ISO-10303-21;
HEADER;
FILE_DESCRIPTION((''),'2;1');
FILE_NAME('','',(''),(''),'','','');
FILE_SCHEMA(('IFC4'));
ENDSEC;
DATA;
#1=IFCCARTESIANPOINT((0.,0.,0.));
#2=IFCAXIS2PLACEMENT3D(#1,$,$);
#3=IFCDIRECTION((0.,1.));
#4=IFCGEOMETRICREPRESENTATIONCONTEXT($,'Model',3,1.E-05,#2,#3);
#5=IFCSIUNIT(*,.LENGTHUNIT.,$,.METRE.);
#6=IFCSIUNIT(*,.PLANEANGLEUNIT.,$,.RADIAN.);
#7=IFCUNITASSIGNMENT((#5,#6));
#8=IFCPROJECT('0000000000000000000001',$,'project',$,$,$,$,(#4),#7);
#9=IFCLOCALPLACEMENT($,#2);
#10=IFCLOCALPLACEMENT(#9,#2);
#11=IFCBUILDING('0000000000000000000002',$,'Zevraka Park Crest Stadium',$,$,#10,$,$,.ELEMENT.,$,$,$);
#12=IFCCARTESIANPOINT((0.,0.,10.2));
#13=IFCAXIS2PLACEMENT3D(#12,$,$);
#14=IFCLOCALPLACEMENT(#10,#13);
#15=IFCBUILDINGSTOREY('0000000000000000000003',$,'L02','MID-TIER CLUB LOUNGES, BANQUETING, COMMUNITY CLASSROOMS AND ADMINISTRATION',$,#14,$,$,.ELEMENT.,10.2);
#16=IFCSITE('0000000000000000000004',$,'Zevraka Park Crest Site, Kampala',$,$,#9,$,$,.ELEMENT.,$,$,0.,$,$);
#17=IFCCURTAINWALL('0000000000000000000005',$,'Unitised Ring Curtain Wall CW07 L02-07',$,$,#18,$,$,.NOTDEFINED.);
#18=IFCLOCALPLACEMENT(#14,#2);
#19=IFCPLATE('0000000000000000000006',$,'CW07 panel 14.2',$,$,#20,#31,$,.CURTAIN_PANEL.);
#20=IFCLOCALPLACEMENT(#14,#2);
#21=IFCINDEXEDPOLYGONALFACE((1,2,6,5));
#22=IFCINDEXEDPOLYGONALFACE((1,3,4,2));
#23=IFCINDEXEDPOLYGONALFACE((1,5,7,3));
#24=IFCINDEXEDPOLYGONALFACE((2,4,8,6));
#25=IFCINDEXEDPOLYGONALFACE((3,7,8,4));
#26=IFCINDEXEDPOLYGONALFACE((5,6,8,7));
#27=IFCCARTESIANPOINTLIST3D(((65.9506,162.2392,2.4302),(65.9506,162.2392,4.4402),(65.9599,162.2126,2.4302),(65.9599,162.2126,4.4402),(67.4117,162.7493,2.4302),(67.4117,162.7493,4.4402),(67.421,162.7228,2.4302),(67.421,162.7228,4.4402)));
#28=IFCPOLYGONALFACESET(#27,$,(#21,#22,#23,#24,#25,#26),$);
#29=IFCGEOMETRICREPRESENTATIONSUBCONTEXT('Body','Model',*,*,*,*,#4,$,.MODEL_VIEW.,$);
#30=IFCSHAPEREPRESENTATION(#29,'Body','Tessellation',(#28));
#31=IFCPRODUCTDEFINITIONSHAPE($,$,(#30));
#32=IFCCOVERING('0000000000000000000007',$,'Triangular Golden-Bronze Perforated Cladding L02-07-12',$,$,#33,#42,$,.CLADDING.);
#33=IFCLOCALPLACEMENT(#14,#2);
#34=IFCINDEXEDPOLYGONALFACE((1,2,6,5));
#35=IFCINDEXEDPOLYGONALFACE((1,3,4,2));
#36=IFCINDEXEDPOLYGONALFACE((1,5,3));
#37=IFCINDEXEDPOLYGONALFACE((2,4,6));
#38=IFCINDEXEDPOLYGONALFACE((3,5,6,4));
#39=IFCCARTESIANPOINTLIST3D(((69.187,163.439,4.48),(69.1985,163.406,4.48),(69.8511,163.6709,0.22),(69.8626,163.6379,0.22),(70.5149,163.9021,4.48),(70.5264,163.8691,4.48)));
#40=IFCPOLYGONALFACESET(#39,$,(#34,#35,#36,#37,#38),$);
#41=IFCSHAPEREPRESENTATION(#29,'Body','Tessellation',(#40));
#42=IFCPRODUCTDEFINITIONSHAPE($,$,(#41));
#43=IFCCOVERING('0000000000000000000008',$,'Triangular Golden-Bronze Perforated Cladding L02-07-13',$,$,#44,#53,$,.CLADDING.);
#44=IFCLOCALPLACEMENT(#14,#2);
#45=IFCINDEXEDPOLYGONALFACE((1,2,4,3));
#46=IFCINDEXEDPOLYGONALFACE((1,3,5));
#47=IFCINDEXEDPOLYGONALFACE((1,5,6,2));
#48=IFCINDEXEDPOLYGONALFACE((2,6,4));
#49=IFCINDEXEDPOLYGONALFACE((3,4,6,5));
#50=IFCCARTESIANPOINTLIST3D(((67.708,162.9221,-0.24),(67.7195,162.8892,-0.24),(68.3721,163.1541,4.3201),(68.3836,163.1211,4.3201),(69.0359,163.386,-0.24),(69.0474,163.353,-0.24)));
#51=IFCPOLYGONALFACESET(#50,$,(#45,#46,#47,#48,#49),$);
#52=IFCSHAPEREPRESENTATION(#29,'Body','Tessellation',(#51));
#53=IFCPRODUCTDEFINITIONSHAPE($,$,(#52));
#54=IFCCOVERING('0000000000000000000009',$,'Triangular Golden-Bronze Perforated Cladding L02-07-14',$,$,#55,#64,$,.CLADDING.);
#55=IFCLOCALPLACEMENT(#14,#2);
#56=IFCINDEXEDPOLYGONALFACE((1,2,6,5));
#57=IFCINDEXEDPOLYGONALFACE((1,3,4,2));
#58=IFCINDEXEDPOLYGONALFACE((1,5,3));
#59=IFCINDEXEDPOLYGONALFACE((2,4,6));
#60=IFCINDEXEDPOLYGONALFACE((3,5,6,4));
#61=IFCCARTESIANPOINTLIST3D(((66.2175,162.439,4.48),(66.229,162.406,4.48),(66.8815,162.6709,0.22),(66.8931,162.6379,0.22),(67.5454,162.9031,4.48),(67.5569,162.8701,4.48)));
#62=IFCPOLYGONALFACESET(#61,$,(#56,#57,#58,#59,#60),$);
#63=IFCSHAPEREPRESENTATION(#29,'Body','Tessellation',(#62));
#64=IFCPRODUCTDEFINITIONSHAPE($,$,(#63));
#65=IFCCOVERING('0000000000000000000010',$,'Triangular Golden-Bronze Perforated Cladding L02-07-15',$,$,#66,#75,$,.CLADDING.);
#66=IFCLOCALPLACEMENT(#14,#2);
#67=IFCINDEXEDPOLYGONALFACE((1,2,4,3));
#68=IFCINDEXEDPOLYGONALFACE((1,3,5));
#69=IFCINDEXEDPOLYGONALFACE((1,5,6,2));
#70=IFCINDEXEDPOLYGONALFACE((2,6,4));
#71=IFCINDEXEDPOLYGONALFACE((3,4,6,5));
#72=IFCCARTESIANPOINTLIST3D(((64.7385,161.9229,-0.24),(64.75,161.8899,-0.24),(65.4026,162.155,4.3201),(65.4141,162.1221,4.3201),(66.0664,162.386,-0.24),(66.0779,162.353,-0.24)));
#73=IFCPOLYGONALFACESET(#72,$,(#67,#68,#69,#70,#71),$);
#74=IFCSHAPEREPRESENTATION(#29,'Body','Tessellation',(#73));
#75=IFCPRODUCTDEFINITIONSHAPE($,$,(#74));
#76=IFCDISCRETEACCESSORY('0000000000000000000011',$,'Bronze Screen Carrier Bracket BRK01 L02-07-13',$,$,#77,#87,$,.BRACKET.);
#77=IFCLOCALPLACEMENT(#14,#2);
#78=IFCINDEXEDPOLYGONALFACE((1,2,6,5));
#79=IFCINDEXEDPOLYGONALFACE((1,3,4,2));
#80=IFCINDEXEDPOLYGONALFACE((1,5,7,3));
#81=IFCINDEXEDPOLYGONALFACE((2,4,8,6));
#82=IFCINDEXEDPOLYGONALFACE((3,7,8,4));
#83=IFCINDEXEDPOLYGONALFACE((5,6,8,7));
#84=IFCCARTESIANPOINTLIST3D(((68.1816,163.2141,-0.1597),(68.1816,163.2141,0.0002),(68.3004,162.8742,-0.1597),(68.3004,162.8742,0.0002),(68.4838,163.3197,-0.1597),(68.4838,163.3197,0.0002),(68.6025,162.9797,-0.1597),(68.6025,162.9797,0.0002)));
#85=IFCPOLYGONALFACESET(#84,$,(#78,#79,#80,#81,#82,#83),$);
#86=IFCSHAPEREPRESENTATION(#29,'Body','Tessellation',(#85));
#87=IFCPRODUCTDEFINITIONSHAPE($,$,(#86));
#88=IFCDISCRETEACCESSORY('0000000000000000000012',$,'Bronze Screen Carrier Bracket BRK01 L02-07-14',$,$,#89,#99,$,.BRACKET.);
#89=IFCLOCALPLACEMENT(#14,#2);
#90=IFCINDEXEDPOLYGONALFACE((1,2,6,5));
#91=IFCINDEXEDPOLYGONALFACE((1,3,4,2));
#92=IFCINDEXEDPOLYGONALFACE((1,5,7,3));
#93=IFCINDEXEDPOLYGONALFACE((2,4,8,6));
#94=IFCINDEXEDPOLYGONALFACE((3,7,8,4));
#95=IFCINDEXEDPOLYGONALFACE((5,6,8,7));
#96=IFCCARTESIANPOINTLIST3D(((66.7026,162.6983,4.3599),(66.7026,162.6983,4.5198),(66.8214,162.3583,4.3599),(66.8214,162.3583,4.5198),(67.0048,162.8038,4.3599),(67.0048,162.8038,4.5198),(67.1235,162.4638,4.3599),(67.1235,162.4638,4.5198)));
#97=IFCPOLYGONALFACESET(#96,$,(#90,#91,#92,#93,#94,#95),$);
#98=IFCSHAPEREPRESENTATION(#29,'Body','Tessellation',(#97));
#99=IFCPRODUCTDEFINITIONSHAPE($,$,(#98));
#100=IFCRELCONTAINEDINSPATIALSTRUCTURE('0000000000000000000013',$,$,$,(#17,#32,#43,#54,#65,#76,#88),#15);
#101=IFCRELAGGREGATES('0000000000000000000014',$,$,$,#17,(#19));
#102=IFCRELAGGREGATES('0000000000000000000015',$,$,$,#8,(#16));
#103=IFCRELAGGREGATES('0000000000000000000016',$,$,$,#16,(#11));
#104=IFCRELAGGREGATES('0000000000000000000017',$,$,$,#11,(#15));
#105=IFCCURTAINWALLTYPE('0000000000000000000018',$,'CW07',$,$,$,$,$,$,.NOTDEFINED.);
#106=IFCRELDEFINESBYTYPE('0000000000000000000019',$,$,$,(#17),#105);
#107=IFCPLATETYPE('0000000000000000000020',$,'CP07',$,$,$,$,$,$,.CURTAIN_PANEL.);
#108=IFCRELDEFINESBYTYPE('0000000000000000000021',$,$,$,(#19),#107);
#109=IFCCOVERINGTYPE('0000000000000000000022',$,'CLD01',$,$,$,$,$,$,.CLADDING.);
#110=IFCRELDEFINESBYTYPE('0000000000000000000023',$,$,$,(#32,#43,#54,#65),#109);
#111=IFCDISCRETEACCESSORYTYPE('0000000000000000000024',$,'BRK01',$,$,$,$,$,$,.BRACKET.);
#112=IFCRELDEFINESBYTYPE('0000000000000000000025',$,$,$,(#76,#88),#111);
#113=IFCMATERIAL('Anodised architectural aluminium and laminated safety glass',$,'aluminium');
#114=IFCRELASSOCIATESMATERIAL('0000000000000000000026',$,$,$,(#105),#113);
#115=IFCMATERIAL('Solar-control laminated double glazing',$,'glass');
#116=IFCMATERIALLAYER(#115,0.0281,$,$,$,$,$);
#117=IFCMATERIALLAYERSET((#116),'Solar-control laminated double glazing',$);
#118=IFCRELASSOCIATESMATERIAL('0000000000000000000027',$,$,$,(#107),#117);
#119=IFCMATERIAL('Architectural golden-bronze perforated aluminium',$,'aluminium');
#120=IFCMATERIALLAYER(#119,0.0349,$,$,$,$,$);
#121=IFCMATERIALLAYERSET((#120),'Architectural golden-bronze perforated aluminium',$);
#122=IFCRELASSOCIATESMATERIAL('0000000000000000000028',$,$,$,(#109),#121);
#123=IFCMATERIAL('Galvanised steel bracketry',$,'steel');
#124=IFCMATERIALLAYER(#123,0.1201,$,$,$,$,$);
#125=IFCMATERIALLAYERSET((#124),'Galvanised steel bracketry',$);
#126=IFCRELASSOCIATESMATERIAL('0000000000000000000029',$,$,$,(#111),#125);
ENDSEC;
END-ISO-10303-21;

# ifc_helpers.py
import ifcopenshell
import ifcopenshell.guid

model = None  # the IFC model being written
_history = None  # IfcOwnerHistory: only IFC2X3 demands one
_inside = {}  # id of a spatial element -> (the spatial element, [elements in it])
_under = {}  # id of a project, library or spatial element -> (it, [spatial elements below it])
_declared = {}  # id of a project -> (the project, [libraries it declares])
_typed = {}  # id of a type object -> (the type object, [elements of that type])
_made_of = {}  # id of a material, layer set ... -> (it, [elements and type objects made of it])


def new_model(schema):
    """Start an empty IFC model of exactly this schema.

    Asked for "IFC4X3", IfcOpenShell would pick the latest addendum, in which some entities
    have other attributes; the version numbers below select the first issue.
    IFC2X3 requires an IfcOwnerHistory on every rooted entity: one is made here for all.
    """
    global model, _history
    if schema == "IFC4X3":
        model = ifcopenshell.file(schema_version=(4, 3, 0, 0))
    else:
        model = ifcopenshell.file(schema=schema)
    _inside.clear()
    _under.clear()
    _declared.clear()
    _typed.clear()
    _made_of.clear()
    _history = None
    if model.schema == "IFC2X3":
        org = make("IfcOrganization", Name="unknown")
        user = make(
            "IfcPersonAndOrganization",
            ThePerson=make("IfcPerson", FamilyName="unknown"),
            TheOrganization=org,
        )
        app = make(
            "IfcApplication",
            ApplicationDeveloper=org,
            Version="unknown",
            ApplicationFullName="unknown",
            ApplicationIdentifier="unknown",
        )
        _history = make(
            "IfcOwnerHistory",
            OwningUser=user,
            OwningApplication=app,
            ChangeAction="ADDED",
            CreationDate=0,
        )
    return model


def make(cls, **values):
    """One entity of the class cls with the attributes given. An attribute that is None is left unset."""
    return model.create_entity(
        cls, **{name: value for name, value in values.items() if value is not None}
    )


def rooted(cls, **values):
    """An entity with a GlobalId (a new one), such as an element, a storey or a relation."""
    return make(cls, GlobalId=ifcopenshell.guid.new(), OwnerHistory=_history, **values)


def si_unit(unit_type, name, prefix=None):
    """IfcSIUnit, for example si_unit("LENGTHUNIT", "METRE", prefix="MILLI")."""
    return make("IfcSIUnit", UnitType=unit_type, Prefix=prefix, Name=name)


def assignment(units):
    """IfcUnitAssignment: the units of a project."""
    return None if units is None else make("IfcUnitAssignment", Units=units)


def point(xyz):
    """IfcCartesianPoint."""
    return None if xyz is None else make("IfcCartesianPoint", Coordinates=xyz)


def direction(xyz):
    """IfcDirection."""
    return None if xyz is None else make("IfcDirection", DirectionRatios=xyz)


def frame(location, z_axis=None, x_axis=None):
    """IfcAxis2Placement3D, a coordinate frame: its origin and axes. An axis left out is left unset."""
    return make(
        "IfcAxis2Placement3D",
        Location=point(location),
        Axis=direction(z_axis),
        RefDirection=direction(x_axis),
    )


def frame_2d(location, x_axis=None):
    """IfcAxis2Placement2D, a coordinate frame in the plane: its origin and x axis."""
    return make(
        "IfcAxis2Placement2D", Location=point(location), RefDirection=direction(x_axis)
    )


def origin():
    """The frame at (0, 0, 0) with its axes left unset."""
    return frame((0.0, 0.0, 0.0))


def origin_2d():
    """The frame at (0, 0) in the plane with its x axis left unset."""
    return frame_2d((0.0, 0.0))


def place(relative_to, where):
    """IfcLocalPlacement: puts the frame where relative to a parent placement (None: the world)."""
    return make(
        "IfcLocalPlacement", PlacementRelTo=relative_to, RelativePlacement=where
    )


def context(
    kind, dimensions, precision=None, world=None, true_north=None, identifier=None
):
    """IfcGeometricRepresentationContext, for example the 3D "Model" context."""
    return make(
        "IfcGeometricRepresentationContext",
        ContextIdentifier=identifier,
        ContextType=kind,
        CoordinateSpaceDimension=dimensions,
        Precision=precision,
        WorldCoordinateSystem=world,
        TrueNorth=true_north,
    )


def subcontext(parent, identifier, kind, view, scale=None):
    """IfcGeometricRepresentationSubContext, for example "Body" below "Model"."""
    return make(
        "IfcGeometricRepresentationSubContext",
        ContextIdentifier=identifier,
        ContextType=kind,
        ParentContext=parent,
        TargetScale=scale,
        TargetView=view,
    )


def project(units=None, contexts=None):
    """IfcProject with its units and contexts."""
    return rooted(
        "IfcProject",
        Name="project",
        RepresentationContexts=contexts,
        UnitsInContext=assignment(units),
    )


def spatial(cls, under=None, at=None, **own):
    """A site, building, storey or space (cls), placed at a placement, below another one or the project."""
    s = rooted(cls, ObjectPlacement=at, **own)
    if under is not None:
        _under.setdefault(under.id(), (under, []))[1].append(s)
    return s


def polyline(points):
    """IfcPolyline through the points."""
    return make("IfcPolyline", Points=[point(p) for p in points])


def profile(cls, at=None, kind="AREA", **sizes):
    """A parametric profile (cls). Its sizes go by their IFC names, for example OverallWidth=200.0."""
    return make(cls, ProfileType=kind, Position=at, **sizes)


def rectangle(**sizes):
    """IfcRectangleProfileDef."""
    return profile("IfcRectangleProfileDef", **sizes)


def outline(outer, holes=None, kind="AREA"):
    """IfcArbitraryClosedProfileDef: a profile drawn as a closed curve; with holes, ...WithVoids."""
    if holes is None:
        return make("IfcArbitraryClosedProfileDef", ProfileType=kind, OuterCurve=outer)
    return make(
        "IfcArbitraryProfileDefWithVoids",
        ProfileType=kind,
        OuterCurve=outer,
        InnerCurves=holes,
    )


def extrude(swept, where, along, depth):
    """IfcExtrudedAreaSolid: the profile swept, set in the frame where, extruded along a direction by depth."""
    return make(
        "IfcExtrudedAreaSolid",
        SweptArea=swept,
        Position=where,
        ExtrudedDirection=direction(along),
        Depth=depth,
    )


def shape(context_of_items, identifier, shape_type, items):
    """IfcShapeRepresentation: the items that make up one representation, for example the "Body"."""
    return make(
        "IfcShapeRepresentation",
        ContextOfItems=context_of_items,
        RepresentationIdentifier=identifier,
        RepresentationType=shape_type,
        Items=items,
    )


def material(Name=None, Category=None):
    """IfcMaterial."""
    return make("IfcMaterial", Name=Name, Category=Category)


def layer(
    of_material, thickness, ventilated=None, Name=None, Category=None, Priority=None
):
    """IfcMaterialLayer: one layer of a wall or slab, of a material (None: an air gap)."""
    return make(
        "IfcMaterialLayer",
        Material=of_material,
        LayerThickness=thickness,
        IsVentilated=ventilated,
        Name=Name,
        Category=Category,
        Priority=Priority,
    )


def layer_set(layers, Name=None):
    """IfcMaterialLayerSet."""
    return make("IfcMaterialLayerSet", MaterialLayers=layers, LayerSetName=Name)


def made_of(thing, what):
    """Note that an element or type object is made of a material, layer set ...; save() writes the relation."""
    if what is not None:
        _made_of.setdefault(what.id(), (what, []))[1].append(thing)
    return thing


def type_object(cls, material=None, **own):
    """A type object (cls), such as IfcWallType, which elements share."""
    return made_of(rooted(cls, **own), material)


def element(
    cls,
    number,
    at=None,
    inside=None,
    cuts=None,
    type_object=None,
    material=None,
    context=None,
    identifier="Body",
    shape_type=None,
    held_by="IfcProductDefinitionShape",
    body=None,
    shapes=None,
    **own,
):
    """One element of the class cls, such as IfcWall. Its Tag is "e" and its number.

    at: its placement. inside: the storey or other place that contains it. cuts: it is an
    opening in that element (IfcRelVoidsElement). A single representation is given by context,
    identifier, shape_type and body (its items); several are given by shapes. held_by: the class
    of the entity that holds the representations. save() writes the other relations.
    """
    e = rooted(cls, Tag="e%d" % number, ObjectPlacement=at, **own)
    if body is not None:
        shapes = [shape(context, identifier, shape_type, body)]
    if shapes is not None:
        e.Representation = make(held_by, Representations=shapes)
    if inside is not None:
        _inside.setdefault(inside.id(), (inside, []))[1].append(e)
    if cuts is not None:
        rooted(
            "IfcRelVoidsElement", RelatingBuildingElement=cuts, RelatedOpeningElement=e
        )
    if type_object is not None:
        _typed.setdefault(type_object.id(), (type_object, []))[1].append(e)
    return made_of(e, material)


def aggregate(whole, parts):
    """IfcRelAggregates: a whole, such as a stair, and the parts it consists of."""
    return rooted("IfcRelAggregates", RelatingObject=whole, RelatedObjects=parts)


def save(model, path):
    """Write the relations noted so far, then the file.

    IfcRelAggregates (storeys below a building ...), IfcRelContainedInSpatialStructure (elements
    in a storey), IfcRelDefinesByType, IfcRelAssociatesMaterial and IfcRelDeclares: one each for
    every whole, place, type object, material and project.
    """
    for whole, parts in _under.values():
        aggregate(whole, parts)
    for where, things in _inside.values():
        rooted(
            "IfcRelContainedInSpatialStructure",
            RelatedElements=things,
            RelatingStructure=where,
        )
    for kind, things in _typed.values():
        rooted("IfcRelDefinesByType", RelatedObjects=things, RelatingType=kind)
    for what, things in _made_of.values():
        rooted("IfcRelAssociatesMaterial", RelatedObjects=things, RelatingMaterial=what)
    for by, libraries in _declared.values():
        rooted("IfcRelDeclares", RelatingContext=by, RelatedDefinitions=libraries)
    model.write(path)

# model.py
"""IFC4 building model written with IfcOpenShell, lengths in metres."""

from ifc_helpers import new_model, si_unit, direction, frame, origin, origin_2d, place, context, subcontext, project, spatial, polyline, rectangle, outline, extrude, material, layer, layer_set, type_object, element, aggregate, save


model = new_model("IFC4")

# Units and contexts
model_context = context("Model", 3, precision=1e-05, world=origin(), true_north=direction((0.0, 1.0)))
body_context = subcontext(model_context, "Body", "Model", "MODEL_VIEW")
ifc_project = project(units=[si_unit("LENGTHUNIT", "METRE"), si_unit("PLANEANGLEUNIT", "RADIAN")], contexts=[model_context])

# Site, building, storey
site_placement = place(None, origin())
site = spatial("IfcSite", under=ifc_project, at=site_placement, Name="Zevraka Park Crest Site, Kampala", CompositionType="ELEMENT", RefElevation=0.0)
building_placement = place(site_placement, origin())
building = spatial("IfcBuilding", under=site, at=building_placement, Name="Zevraka Park Crest Stadium", CompositionType="ELEMENT")
storey_placement = place(building_placement, frame((0.0, 0.0, 10.2)))
storey = spatial("IfcBuildingStorey", under=building, at=storey_placement, Name="L02", Description="MID-TIER CLUB LOUNGES, BANQUETING, COMMUNITY CLASSROOMS AND ADMINISTRATION", CompositionType="ELEMENT", Elevation=10.2)

# Curtain wall, plate
ifc_material_1 = material(Name="Anodised architectural aluminium and laminated safety glass", Category="aluminium")
curtain_wall_type = type_object("IfcCurtainWallType", Name="CW07", PredefinedType="NOTDEFINED", material=ifc_material_1)
curtain_wall_placement = place(storey_placement, origin())
curtain_wall = element("IfcCurtainWall", 1, at=curtain_wall_placement, inside=storey, type_object=curtain_wall_type, Name="Unitised Ring Curtain Wall CW07 L02-07", PredefinedType="NOTDEFINED")
ifc_material_2 = material(Name="Solar-control laminated double glazing", Category="glass")
ifc_layer_1 = layer(ifc_material_2, 0.0281)
ifc_layer_set_1 = layer_set([ifc_layer_1], Name="Solar-control laminated double glazing")
plate_type = type_object("IfcPlateType", Name="CP07", PredefinedType="CURTAIN_PANEL", material=ifc_layer_set_1)
plate_1_placement = place(storey_placement, frame((66.6858, 162.481, 2.4302), z_axis=(0.0, 0.0, 1.0), x_axis=(-0.944114, -0.329619, 0.0)))
plate_1 = element("IfcPlate", 2, at=plate_1_placement, type_object=plate_type, Name="CW07 panel 14.2", PredefinedType="CURTAIN_PANEL", context=body_context, shape_type="SweptSolid", body=[
    extrude(rectangle(XDim=1.5476, YDim=0.0281, at=origin_2d()), origin(), (0.0, 0.0, 1.0), 2.01),
])
aggregate(curtain_wall, [plate_1])

# Coverings
ifc_material_3 = material(Name="Architectural golden-bronze perforated aluminium", Category="aluminium")
ifc_layer_2 = layer(ifc_material_3, 0.0349)
ifc_layer_set_2 = layer_set([ifc_layer_2], Name="Architectural golden-bronze perforated aluminium")
covering_type = type_object("IfcCoveringType", Name="CLD01", PredefinedType="CLADDING", material=ifc_layer_set_2)
covering_1_placement = place(storey_placement, frame((69.187, 163.439, 4.48), z_axis=(-0.329322, 0.944218, 0.000072), x_axis=(0.944218, 0.329322, 0.0)))
element("IfcCovering", 3, at=covering_1_placement, inside=storey, type_object=covering_type, Name="Triangular Golden-Bronze Perforated Cladding L02-07-12", PredefinedType="CLADDING", context=body_context, shape_type="SweptSolid", body=[
    extrude(outline(polyline([(0.0, 0.0), (1.4063, 0.0), (0.7034, 4.26), (0.0, 0.0)])), origin(), (0.0, 0.0, -1.0), 0.0349),
])
covering_2_placement = place(storey_placement, frame((69.0359, 163.386, -0.24), z_axis=(-0.329786, 0.944056, 0.000009), x_axis=(-0.944056, -0.329786, 0.0)))
element("IfcCovering", 4, at=covering_2_placement, inside=storey, type_object=covering_type, Name="Triangular Golden-Bronze Perforated Cladding L02-07-13", PredefinedType="CLADDING", context=body_context, shape_type="SweptSolid", body=[
    extrude(outline(polyline([(0.0, 0.0), (1.4066, 0.0), (0.7032, 4.5601), (0.0, 0.0)])), origin(), (0.0, 0.0, -1.0), 0.0349),
])
covering_3_placement = place(storey_placement, frame((66.229, 162.406, 4.48), z_axis=(0.329941, -0.944002, 0.000037), x_axis=(0.944002, 0.329941, 0.0)))
element("IfcCovering", 5, at=covering_3_placement, inside=storey, type_object=covering_type, Name="Triangular Golden-Bronze Perforated Cladding L02-07-14", PredefinedType="CLADDING", context=body_context, shape_type="SweptSolid", body=[
    extrude(outline(polyline([(0.0, 0.0), (1.4067, 0.0), (0.7034, -4.26), (0.0, 0.0)])), origin(), (0.0, 0.0, -1.0), 0.0349),
])
covering_4_placement = place(storey_placement, frame((66.0779, 162.353, -0.24), z_axis=(0.329322, -0.944218, 0.000118), x_axis=(-0.944218, -0.329322, 0.0)))
element("IfcCovering", 6, at=covering_4_placement, inside=storey, type_object=covering_type, Name="Triangular Golden-Bronze Perforated Cladding L02-07-15", PredefinedType="CLADDING", context=body_context, shape_type="SweptSolid", body=[
    extrude(outline(polyline([(0.0, 0.0), (1.4063, 0.0), (0.7028, -4.5601), (0.0, 0.0)])), origin(), (0.0, 0.0, -1.0), 0.0349),
])

# Discrete accessories
ifc_material_4 = material(Name="Galvanised steel bracketry", Category="steel")
ifc_layer_3 = layer(ifc_material_4, 0.1201)
ifc_layer_set_3 = layer_set([ifc_layer_3], Name="Galvanised steel bracketry")
discrete_accessory_type = type_object("IfcDiscreteAccessoryType", Name="BRK01", PredefinedType="BRACKET", material=ifc_layer_set_3)
for number, where, z_axis, x_axis, name in (
    (7, (68.3921, 163.0969, -0.1597), (0.0, 0.0, 1.0), (-0.944089, -0.329691, 0.0), "Bronze Screen Carrier Bracket BRK01 L02-07-13"),
    (8, (66.9131, 162.5811, 4.3599), (0.0, 0.0, 1.0), (-0.944089, -0.329691, 0.0), "Bronze Screen Carrier Bracket BRK01 L02-07-14"),
):
    element("IfcDiscreteAccessory", number, at=place(storey_placement, frame(where, z_axis=z_axis, x_axis=x_axis)), inside=storey, type_object=discrete_accessory_type, Name=name, PredefinedType="BRACKET", context=body_context, shape_type="SweptSolid", body=[
        extrude(rectangle(XDim=0.3201, YDim=0.3601, at=origin_2d()), origin(), (0.0, 0.0, 1.0), 0.1599),
    ])

save(model, "model.ifc")
